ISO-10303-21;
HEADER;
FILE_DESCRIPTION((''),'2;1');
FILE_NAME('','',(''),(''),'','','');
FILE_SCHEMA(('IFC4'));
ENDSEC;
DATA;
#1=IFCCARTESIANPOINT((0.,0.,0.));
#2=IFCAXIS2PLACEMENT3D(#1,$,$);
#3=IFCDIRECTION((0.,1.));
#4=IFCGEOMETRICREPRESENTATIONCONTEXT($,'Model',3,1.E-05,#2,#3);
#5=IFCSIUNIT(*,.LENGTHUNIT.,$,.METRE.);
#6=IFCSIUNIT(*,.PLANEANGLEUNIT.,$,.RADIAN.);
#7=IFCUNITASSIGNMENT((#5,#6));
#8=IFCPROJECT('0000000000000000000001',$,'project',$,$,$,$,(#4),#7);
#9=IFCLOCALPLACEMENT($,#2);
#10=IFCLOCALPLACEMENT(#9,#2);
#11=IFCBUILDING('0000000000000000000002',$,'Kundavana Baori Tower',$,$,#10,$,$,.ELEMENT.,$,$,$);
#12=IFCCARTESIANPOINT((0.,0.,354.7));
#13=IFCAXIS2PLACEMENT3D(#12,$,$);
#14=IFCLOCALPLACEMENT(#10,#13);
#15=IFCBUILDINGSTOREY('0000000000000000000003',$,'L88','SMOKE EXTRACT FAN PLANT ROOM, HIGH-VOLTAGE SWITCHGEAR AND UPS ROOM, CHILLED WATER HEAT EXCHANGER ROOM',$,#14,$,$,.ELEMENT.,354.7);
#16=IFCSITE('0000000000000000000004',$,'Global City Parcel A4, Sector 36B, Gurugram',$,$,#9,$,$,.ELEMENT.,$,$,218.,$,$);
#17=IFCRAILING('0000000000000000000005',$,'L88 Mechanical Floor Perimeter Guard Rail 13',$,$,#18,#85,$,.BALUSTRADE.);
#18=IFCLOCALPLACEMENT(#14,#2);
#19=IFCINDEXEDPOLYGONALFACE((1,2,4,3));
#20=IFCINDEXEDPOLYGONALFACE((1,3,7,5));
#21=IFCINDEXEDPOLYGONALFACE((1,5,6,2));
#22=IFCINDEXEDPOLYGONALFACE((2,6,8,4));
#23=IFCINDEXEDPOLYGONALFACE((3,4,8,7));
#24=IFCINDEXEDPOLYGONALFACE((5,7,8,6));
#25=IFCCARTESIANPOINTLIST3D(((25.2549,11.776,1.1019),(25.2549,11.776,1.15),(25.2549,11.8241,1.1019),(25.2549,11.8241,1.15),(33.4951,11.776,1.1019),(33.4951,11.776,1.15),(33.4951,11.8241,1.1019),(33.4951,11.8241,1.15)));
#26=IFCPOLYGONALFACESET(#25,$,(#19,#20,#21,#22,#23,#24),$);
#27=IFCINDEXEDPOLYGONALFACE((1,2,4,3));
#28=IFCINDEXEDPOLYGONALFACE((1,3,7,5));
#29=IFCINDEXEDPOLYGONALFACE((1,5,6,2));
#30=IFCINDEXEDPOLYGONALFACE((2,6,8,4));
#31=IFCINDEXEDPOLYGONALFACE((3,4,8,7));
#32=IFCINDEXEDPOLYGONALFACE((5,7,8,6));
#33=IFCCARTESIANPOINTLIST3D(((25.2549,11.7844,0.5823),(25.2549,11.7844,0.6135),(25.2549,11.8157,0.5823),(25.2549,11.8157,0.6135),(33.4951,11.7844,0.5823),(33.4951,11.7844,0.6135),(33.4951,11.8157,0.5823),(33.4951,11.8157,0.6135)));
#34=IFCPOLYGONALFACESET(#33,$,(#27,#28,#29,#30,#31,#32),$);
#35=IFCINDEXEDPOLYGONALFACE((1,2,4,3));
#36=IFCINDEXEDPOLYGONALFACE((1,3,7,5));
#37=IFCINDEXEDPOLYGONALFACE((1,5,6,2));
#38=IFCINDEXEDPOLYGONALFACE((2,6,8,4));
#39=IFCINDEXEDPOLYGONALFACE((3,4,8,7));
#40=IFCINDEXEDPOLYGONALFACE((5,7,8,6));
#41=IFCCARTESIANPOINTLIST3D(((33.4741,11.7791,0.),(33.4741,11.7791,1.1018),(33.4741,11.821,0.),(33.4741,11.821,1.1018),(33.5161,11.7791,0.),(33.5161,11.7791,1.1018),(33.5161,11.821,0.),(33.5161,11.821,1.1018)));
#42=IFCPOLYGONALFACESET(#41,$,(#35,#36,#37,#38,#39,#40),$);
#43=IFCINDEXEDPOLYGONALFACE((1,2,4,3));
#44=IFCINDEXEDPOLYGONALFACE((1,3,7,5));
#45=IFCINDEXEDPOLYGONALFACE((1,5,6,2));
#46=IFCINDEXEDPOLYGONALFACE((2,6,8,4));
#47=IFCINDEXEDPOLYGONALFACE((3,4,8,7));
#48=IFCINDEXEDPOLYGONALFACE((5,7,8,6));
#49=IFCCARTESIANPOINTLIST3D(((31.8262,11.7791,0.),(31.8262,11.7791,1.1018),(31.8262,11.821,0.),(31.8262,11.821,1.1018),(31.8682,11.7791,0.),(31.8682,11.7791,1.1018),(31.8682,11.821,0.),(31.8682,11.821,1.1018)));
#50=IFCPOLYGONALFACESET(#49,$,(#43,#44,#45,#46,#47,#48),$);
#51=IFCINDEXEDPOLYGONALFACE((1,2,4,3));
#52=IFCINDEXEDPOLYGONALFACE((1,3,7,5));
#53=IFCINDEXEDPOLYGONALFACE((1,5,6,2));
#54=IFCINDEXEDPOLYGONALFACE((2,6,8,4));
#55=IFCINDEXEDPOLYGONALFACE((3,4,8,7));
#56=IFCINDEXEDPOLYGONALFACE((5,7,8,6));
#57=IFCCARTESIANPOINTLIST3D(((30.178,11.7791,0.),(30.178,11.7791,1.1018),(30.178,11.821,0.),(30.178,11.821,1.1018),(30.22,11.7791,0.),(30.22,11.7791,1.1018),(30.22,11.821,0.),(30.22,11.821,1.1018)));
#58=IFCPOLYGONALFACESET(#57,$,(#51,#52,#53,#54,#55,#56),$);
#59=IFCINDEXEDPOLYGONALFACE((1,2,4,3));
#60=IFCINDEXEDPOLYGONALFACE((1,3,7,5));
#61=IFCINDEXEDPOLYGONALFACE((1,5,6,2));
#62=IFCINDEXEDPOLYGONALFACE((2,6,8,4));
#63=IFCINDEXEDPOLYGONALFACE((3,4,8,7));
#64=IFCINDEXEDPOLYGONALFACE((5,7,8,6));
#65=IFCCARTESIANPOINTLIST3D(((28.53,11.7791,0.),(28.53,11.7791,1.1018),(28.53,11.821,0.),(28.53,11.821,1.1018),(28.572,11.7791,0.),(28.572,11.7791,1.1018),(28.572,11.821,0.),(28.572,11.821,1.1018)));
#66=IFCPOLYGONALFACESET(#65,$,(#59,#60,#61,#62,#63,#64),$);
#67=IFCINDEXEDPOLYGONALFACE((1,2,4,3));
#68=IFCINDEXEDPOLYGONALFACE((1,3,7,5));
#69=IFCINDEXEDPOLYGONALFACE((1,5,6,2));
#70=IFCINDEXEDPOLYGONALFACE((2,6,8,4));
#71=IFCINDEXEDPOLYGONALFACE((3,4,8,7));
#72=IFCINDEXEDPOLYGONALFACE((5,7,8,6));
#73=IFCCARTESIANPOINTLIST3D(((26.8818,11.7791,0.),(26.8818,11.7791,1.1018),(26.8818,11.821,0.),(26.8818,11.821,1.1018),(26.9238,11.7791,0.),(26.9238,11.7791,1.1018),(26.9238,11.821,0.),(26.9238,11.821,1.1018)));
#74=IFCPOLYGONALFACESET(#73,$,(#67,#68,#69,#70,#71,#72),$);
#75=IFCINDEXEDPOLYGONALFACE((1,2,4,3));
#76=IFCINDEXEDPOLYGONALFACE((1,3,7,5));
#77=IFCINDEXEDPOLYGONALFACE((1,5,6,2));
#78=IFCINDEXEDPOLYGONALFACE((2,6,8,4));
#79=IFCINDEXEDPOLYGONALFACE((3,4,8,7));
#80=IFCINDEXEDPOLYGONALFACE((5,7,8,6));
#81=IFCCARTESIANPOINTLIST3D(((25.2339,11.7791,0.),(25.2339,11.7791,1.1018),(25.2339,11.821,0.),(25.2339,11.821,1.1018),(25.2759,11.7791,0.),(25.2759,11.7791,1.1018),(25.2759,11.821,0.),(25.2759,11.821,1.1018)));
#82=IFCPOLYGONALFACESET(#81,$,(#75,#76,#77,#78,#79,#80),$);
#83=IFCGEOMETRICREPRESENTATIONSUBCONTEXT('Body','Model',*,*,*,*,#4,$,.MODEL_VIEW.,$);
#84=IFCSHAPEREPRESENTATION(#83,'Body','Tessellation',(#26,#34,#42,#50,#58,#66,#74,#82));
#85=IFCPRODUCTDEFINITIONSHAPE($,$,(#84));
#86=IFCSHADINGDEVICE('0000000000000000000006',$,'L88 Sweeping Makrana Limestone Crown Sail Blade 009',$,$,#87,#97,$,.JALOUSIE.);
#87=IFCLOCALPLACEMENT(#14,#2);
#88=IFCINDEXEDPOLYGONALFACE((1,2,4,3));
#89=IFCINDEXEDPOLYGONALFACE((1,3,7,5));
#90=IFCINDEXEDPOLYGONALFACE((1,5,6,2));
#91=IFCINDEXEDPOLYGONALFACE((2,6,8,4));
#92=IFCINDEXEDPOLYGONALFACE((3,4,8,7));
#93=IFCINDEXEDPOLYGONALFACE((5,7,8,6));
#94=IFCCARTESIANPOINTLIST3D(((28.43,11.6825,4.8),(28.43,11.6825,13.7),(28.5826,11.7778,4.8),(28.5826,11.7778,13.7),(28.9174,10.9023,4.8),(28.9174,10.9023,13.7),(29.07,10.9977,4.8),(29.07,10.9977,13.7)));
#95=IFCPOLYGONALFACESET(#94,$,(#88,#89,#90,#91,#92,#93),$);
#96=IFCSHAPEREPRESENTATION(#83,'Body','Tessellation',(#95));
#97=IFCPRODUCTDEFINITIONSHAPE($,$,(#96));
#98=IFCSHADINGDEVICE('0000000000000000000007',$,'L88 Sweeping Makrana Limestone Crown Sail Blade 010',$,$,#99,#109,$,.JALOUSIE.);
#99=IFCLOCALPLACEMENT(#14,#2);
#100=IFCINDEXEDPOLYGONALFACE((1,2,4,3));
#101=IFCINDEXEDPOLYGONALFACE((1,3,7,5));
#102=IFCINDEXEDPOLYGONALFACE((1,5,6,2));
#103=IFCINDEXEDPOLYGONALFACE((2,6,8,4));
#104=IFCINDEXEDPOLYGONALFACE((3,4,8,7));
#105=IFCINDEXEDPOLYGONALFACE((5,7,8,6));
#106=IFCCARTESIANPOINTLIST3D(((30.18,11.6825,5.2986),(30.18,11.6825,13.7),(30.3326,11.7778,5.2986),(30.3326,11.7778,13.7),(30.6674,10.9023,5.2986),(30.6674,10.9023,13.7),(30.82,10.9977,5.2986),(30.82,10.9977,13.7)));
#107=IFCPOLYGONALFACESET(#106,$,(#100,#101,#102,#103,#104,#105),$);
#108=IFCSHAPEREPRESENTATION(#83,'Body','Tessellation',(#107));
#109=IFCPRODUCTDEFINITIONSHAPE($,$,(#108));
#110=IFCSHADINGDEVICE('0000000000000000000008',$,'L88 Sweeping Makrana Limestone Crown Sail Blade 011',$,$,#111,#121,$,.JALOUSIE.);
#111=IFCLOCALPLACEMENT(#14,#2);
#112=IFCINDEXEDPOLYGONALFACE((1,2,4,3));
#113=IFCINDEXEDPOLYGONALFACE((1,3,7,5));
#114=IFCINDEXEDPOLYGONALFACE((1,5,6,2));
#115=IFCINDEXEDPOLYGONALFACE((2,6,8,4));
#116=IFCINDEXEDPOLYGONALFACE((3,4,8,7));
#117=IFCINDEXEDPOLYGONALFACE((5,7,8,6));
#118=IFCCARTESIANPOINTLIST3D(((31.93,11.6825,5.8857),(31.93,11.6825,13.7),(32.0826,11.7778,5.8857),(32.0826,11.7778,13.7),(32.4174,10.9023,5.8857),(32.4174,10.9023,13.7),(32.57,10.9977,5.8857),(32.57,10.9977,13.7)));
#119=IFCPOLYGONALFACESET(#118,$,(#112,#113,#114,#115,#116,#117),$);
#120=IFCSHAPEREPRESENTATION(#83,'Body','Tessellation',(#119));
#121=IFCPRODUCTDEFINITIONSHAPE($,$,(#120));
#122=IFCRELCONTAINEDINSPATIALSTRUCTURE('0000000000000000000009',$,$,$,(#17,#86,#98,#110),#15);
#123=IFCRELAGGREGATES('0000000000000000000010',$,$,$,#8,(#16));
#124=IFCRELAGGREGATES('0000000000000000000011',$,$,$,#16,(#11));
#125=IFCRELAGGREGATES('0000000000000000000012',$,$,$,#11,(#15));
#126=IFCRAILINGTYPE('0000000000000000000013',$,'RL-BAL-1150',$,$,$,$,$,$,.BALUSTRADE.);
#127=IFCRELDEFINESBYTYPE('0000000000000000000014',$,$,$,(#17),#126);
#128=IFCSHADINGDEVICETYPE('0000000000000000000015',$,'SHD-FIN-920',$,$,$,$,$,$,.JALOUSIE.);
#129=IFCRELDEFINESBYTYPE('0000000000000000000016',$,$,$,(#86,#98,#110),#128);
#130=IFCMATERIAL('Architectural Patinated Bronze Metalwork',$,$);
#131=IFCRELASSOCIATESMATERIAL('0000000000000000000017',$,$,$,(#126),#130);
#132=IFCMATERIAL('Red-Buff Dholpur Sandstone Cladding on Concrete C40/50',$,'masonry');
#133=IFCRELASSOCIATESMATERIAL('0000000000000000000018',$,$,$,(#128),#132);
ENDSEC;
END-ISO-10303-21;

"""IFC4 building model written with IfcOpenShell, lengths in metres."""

from ifc_helpers import new_model, si_unit, direction, frame, origin, origin_2d, place, context, subcontext, project, spatial, rectangle, extrude, material, type_object, element, save


model = new_model("IFC4")

# Units and contexts
model_context = context("Model", 3, precision=1e-05, world=origin(), true_north=direction((0.0, 1.0)))
body_context = subcontext(model_context, "Body", "Model", "MODEL_VIEW")
ifc_project = project(units=[si_unit("LENGTHUNIT", "METRE"), si_unit("PLANEANGLEUNIT", "RADIAN")], contexts=[model_context])

# Site, building, storey
site_placement = place(None, origin())
site = spatial("IfcSite", under=ifc_project, at=site_placement, Name="Global City Parcel A4, Sector 36B, Gurugram", CompositionType="ELEMENT", RefElevation=218.0)
building_placement = place(site_placement, origin())
building = spatial("IfcBuilding", under=site, at=building_placement, Name="Kundavana Baori Tower", CompositionType="ELEMENT")
storey_placement = place(building_placement, frame((0.0, 0.0, 354.7)))
storey = spatial("IfcBuildingStorey", under=building, at=storey_placement, Name="L88", Description="SMOKE EXTRACT FAN PLANT ROOM, HIGH-VOLTAGE SWITCHGEAR AND UPS ROOM, CHILLED WATER HEAT EXCHANGER ROOM", CompositionType="ELEMENT", Elevation=354.7)

# Railing
ifc_material_1 = material(Name="Architectural Patinated Bronze Metalwork")
railing_type = type_object("IfcRailingType", Name="RL-BAL-1150", PredefinedType="BALUSTRADE", material=ifc_material_1)
railing_placement = place(storey_placement, frame((33.4951, 11.8, 0.0)))
element("IfcRailing", 1, at=railing_placement, inside=storey, type_object=railing_type, Name="L88 Mechanical Floor Perimeter Guard Rail 13", PredefinedType="BALUSTRADE", context=body_context, shape_type="SweptSolid", body=[
    extrude(rectangle(XDim=0.0481, YDim=0.0481, at=origin_2d()), frame((0.0, 0.0, 1.126), z_axis=(-1.0, 0.0, 0.0), x_axis=(0.0, -1.0, 0.0)), (0.0, 0.0, 1.0), 8.2402),
    extrude(rectangle(XDim=0.0312, YDim=0.0312, at=origin_2d()), frame((0.0, 0.0, 0.5979), z_axis=(-1.0, 0.0, 0.0), x_axis=(0.0, -1.0, 0.0)), (0.0, 0.0, 1.0), 8.2402),
    extrude(rectangle(XDim=0.042, YDim=0.042, at=origin_2d()), origin(), (0.0, 0.0, 1.0), 1.1018),
    extrude(rectangle(XDim=0.042, YDim=0.042, at=origin_2d()), frame((-1.6479, 0.0, 0.0)), (0.0, 0.0, 1.0), 1.1018),
    extrude(rectangle(XDim=0.042, YDim=0.042, at=origin_2d()), frame((-3.2961, 0.0, 0.0)), (0.0, 0.0, 1.0), 1.1018),
    extrude(rectangle(XDim=0.042, YDim=0.042, at=origin_2d()), frame((-4.9441, 0.0, 0.0)), (0.0, 0.0, 1.0), 1.1018),
    extrude(rectangle(XDim=0.042, YDim=0.042, at=origin_2d()), frame((-6.5923, 0.0, 0.0)), (0.0, 0.0, 1.0), 1.1018),
    extrude(rectangle(XDim=0.042, YDim=0.042, at=origin_2d()), frame((-8.2402, 0.0, 0.0)), (0.0, 0.0, 1.0), 1.1018),
])

# Shading devices
ifc_material_2 = material(Name="Red-Buff Dholpur Sandstone Cladding on Concrete C40/50", Category="masonry")
shading_device_type = type_object("IfcShadingDeviceType", Name="SHD-FIN-920", PredefinedType="JALOUSIE", material=ifc_material_2)
shading_device_1_placement = place(storey_placement, frame((28.75, 11.3401, 4.8), z_axis=(0.0, 0.0, 1.0), x_axis=(0.848048, 0.529919, 0.0)))
element("IfcShadingDevice", 2, at=shading_device_1_placement, inside=storey, type_object=shading_device_type, Name="L88 Sweeping Makrana Limestone Crown Sail Blade 009", PredefinedType="JALOUSIE", context=body_context, shape_type="SweptSolid", body=[
    extrude(rectangle(XDim=0.1799, YDim=0.9199, at=origin_2d()), origin(), (0.0, 0.0, 1.0), 8.8999),
])
shading_device_2_placement = place(storey_placement, frame((30.5, 11.3401, 5.2986), z_axis=(0.0, 0.0, 1.0), x_axis=(0.848048, 0.529919, 0.0)))
element("IfcShadingDevice", 3, at=shading_device_2_placement, inside=storey, type_object=shading_device_type, Name="L88 Sweeping Makrana Limestone Crown Sail Blade 010", PredefinedType="JALOUSIE", context=body_context, shape_type="SweptSolid", body=[
    extrude(rectangle(XDim=0.1799, YDim=0.9199, at=origin_2d()), origin(), (0.0, 0.0, 1.0), 8.4014),
])
shading_device_3_placement = place(storey_placement, frame((32.25, 11.3401, 5.8857), z_axis=(0.0, 0.0, 1.0), x_axis=(0.848048, 0.529919, 0.0)))
element("IfcShadingDevice", 4, at=shading_device_3_placement, inside=storey, type_object=shading_device_type, Name="L88 Sweeping Makrana Limestone Crown Sail Blade 011", PredefinedType="JALOUSIE", context=body_context, shape_type="SweptSolid", body=[
    extrude(rectangle(XDim=0.1799, YDim=0.9199, at=origin_2d()), origin(), (0.0, 0.0, 1.0), 7.8142),
])

save(model, "model.ifc")
